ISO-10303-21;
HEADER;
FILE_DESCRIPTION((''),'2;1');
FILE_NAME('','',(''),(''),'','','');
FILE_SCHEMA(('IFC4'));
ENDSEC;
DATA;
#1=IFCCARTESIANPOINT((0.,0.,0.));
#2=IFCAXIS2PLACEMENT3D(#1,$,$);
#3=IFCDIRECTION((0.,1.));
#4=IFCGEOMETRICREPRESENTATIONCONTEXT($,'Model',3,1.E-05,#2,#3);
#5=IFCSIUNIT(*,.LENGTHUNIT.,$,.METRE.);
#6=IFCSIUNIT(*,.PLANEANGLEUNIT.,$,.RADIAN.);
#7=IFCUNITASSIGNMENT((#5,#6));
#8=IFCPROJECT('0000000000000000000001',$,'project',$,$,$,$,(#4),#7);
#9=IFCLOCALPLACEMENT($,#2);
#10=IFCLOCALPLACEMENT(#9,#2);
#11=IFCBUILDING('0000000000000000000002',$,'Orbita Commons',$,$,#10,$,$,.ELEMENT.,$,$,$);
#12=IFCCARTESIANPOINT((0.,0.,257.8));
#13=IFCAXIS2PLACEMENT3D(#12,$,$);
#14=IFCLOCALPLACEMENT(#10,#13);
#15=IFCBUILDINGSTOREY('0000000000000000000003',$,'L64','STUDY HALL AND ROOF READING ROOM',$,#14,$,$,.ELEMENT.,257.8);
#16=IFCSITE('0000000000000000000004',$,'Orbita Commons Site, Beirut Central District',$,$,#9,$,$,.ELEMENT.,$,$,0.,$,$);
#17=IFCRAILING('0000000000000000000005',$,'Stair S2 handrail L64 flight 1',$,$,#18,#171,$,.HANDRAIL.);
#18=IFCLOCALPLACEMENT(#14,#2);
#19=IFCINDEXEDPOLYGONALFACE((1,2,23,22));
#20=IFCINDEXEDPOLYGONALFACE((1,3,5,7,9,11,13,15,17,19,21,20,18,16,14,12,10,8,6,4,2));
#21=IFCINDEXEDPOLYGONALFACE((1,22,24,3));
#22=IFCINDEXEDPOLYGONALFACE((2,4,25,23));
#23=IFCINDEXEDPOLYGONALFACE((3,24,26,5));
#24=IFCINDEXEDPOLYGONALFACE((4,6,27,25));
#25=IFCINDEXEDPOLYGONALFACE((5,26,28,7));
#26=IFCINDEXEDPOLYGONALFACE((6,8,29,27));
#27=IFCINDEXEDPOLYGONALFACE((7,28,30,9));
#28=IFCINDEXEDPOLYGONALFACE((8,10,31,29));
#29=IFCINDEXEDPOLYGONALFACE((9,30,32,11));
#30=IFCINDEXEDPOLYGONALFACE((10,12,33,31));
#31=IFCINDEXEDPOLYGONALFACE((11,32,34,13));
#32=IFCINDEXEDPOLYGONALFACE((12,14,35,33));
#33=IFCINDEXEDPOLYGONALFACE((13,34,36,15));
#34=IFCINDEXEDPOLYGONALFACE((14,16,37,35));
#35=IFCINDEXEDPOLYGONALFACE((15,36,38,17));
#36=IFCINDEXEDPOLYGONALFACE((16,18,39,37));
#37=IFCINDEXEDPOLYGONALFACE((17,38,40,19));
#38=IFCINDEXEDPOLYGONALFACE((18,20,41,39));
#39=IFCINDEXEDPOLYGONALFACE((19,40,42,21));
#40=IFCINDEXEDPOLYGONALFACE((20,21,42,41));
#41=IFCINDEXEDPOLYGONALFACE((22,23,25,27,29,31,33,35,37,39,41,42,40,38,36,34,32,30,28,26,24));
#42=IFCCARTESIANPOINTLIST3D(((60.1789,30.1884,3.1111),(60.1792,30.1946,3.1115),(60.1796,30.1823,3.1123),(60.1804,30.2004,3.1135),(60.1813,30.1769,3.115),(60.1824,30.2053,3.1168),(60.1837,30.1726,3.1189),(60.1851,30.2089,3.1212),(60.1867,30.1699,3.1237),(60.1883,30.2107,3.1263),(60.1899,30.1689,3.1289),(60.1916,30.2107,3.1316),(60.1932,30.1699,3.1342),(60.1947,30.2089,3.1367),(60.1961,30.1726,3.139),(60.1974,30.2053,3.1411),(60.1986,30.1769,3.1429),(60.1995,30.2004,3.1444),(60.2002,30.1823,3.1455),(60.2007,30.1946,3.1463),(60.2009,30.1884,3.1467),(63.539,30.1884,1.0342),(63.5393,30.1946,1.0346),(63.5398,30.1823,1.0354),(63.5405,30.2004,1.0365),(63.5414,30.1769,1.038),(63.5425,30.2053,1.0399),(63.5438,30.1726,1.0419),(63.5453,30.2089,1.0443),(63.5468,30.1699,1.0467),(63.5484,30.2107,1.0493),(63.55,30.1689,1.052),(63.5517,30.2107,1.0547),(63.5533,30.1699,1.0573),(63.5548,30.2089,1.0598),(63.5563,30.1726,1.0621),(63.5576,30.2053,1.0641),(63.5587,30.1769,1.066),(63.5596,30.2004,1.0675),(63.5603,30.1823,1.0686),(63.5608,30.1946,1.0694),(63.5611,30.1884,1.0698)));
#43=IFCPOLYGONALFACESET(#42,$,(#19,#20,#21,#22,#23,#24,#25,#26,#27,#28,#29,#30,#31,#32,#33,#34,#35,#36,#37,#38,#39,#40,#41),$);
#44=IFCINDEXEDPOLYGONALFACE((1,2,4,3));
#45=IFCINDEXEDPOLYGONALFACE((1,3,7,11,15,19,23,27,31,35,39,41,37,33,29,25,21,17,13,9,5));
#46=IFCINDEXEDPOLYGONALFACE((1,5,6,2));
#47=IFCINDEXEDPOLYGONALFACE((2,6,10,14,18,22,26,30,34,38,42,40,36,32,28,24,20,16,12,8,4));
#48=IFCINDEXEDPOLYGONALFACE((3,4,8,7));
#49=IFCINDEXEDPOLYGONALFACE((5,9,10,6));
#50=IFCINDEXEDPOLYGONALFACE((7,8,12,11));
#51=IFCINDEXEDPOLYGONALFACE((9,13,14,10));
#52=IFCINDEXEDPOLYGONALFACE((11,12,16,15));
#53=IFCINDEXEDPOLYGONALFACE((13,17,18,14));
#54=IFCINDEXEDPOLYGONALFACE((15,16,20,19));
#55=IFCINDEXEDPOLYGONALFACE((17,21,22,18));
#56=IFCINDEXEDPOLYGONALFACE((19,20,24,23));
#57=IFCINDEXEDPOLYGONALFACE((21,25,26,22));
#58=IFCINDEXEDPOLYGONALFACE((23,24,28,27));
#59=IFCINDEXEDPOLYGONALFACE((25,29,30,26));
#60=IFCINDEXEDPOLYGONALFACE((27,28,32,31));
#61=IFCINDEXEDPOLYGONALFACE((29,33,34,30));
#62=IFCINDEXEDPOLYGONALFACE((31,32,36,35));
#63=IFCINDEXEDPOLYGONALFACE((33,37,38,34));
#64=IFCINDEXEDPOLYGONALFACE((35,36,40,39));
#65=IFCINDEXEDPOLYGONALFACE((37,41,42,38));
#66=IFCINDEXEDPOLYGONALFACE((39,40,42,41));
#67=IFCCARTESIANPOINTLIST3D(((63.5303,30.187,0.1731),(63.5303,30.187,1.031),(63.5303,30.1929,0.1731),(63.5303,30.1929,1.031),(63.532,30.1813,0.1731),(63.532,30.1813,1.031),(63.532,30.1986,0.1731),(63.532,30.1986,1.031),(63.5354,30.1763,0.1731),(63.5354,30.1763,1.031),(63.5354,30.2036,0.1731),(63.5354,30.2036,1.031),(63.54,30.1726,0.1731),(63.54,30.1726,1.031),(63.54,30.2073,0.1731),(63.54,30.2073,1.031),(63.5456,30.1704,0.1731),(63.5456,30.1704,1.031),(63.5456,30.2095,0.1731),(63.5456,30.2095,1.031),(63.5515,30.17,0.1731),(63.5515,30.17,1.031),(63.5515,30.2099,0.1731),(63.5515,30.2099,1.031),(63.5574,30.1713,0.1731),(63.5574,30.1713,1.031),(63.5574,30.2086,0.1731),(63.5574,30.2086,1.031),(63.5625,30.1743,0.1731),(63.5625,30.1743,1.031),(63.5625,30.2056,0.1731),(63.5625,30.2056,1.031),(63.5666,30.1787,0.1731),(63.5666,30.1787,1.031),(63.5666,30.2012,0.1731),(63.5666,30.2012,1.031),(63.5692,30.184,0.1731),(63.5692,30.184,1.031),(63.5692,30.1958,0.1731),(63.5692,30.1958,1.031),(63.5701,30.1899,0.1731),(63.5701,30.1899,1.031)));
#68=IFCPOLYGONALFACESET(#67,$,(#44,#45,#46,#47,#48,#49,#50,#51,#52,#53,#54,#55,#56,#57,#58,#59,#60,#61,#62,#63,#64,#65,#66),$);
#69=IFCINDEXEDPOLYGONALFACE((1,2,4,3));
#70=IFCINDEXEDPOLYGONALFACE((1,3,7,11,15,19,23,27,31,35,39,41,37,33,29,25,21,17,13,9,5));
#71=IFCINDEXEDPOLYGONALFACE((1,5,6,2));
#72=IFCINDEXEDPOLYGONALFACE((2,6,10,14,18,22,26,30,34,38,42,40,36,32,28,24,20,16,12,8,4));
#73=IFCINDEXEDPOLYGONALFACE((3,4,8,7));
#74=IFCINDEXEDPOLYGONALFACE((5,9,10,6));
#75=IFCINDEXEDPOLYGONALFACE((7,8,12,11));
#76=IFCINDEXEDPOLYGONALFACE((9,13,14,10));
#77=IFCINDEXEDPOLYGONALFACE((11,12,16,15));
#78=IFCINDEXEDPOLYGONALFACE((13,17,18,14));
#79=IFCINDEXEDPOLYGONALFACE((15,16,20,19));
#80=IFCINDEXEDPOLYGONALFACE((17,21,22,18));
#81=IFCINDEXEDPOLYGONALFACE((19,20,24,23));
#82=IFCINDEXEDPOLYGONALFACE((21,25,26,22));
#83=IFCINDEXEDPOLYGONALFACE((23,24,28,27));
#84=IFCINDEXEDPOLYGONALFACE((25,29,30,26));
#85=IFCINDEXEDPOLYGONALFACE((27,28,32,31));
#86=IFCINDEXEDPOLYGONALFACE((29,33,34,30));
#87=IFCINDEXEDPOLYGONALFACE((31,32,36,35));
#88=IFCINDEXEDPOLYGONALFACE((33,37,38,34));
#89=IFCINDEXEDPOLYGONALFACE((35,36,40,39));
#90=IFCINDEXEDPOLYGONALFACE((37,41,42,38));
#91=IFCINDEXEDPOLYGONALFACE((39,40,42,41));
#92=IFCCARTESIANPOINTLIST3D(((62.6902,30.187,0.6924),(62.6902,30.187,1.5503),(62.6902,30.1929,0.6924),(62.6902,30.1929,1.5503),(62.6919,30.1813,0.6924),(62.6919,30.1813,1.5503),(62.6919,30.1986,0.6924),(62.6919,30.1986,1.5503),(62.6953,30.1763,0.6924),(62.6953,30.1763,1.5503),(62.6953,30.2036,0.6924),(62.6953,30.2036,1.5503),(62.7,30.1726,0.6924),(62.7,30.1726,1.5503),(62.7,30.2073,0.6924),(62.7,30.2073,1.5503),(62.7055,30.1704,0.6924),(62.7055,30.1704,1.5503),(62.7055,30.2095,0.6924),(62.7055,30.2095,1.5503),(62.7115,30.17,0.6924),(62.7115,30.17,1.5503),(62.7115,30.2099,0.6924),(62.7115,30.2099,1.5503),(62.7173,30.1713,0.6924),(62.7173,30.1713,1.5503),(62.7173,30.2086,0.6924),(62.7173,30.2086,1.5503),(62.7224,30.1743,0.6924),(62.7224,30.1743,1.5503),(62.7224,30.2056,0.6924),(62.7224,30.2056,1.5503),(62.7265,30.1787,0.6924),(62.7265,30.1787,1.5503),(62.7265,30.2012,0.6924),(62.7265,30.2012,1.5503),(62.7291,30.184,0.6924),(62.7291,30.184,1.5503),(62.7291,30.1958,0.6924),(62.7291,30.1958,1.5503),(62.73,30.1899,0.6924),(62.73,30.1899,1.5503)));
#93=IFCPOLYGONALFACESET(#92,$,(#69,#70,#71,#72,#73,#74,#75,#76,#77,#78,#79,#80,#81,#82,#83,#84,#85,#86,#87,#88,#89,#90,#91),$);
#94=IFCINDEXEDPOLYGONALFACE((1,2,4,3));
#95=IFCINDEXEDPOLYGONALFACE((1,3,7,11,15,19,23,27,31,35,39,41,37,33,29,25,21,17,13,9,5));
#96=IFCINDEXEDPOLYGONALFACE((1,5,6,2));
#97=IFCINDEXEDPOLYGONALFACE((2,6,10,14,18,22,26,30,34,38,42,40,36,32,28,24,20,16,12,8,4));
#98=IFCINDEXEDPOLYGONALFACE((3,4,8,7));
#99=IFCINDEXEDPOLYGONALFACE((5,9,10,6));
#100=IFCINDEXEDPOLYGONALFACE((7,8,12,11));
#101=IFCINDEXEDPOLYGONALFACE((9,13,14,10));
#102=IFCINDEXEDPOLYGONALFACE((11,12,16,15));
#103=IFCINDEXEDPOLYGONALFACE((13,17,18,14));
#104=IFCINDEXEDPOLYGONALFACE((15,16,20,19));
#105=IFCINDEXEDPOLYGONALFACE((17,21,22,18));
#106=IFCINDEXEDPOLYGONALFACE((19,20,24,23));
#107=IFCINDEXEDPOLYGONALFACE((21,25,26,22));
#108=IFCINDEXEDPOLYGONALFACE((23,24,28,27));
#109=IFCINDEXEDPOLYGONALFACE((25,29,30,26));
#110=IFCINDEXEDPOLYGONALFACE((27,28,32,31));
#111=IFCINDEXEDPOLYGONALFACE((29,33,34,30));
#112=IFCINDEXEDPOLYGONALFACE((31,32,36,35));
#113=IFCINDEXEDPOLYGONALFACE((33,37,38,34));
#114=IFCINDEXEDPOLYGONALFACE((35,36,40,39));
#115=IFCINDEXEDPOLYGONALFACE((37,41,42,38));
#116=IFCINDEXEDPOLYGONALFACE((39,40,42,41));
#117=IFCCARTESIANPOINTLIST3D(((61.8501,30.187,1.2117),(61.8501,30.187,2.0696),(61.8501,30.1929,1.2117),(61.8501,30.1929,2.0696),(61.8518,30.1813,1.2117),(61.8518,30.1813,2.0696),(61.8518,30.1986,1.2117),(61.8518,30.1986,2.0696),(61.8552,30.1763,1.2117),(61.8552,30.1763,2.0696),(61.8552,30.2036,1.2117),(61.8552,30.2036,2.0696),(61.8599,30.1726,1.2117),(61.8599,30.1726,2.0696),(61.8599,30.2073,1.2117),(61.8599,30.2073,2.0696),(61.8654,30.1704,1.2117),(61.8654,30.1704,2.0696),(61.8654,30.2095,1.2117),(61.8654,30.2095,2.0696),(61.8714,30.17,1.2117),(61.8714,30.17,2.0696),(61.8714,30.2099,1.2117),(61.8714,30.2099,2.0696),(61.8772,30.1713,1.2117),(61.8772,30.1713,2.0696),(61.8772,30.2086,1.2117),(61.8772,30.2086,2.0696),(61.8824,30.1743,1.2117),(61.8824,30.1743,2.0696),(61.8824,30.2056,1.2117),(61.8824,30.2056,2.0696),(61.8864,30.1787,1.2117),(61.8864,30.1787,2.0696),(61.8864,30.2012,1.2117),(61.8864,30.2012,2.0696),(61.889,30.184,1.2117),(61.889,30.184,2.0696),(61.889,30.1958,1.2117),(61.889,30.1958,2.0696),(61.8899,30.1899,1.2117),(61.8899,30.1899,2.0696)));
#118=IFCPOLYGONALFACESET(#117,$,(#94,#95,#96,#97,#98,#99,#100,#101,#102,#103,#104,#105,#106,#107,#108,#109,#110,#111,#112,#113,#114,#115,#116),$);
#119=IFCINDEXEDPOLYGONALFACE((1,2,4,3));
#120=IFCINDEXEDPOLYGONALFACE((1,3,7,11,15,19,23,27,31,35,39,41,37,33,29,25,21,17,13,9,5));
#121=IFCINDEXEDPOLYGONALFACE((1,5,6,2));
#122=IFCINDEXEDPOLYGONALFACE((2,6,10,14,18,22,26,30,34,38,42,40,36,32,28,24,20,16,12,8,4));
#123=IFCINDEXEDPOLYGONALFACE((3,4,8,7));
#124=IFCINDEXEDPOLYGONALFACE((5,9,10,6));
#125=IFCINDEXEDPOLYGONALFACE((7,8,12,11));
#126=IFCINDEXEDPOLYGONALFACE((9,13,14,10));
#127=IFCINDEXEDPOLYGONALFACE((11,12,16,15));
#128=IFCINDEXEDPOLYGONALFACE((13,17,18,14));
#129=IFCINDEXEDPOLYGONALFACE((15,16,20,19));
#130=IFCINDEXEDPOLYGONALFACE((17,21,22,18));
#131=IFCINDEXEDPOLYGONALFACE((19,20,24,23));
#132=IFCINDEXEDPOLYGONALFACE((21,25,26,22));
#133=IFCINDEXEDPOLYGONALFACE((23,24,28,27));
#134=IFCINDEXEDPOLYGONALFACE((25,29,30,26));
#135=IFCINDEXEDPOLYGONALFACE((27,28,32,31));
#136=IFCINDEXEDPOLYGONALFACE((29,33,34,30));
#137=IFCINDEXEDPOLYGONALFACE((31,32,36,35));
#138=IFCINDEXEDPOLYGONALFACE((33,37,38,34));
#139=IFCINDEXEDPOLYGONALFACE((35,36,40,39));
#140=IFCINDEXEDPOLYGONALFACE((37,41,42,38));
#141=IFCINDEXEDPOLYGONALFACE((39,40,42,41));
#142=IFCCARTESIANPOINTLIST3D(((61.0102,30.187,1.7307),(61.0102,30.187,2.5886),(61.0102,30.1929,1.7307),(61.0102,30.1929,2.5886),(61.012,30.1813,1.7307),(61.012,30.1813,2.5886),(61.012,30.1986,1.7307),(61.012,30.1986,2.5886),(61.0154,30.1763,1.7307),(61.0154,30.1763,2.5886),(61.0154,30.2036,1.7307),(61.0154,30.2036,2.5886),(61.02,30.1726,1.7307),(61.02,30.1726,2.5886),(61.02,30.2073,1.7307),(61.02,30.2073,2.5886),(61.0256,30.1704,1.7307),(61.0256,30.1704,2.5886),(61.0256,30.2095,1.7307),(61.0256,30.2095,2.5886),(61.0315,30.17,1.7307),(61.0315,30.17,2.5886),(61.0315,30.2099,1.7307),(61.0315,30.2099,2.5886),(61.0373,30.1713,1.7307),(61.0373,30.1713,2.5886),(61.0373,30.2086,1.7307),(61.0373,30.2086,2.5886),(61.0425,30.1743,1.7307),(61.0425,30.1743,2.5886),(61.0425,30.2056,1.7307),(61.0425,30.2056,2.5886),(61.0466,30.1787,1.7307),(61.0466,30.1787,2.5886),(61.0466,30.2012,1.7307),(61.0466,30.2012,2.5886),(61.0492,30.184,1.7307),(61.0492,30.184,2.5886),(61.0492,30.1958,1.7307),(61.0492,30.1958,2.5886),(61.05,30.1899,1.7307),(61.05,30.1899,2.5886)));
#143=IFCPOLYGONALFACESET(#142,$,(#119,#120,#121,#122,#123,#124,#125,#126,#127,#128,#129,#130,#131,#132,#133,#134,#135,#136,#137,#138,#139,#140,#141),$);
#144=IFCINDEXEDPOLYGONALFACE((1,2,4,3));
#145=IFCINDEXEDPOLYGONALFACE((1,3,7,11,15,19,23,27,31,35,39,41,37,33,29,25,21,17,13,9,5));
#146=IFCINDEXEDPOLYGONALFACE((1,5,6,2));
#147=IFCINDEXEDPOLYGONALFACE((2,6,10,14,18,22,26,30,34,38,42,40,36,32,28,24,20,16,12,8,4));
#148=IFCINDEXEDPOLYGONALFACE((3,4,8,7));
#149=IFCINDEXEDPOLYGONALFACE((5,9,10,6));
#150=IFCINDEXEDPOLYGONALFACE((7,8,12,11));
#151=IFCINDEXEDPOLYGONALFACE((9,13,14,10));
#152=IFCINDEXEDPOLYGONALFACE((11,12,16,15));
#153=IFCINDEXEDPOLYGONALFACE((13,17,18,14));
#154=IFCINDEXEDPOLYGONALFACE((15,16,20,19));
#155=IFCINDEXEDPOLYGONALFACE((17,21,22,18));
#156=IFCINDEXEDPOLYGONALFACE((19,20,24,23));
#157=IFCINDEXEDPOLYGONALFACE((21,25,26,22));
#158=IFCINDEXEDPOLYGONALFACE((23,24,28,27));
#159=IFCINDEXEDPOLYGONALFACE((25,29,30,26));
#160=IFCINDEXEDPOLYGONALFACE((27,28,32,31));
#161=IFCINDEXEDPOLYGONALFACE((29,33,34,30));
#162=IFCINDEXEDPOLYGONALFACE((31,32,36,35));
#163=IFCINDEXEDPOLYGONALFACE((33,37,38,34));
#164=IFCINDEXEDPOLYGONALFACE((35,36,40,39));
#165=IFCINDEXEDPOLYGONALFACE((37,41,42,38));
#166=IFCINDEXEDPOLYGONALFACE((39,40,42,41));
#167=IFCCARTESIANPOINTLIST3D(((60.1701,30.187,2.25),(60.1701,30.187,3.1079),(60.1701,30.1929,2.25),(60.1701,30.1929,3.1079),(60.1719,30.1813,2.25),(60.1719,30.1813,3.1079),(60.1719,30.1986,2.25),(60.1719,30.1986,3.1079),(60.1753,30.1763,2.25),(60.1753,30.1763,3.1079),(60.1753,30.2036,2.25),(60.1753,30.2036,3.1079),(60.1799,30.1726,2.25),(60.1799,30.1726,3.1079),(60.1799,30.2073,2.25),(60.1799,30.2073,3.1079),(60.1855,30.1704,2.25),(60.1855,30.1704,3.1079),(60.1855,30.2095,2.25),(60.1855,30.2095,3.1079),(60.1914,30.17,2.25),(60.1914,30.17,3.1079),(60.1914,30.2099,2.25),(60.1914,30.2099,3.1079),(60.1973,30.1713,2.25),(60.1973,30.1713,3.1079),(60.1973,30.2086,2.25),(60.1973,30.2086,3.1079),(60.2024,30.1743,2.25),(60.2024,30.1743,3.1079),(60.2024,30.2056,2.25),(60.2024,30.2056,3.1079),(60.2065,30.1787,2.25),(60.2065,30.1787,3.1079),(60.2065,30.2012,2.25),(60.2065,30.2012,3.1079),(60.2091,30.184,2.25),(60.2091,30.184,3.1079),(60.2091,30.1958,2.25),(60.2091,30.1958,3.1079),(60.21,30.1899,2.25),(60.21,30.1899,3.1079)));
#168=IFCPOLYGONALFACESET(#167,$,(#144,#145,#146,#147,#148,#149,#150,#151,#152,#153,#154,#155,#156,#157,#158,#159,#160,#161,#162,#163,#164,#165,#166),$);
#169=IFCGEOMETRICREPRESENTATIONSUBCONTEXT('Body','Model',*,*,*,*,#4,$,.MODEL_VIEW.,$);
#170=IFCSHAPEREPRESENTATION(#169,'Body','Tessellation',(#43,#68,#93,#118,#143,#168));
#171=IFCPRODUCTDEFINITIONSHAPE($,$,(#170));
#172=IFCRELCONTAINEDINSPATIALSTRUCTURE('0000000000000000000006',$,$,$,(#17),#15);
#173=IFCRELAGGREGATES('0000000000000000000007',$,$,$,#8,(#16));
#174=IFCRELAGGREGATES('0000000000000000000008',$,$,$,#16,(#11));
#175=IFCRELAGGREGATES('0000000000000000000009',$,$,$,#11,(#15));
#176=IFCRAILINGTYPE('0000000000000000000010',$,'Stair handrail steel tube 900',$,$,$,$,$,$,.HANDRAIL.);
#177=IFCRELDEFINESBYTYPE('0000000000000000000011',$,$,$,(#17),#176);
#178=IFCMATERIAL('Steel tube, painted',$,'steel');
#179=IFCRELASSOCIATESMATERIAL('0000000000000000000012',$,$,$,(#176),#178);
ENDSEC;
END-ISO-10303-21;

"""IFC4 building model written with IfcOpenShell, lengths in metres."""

from ifc_helpers import new_model, si_unit, direction, frame, origin, origin_2d, place, context, subcontext, project, spatial, circle, extrude, material, type_object, element, save


model = new_model("IFC4")

# Units and contexts
model_context = context("Model", 3, precision=1e-05, world=origin(), true_north=direction((0.0, 1.0)))
body_context = subcontext(model_context, "Body", "Model", "MODEL_VIEW")
ifc_project = project(units=[si_unit("LENGTHUNIT", "METRE"), si_unit("PLANEANGLEUNIT", "RADIAN")], contexts=[model_context])

# Site, building, storey
site_placement = place(None, origin())
site = spatial("IfcSite", under=ifc_project, at=site_placement, Name="Orbita Commons Site, Beirut Central District", CompositionType="ELEMENT", RefElevation=0.0)
building_placement = place(site_placement, origin())
building = spatial("IfcBuilding", under=site, at=building_placement, Name="Orbita Commons", CompositionType="ELEMENT")
storey_placement = place(building_placement, frame((0.0, 0.0, 257.8)))
storey = spatial("IfcBuildingStorey", under=building, at=storey_placement, Name="L64", Description="STUDY HALL AND ROOF READING ROOM", CompositionType="ELEMENT", Elevation=257.8)

# Railing
ifc_material_1 = material(Name="Steel tube, painted", Category="steel")
railing_type = type_object("IfcRailingType", Name="Stair handrail steel tube 900", PredefinedType="HANDRAIL", material=ifc_material_1)
for number, where, name in (
    (1, (63.55, 30.1899, 0.1731), "Stair S2 handrail L64 flight 1"),
):
    element("IfcRailing", number, at=place(storey_placement, frame(where)), inside=storey, type_object=railing_type, Name=name, PredefinedType="HANDRAIL", context=body_context, shape_type="SweptSolid", body=[
        extrude(circle(Radius=0.021, at=origin_2d()), frame((0.0, 0.0, 0.8789), z_axis=(-0.850623, 0.0, 0.525776), x_axis=(0.0, -1.0, 0.0)), (0.0, 0.0, 1.0), 3.9502),
        extrude(circle(Radius=0.02, at=origin_2d()), origin(), (0.0, 0.0, 1.0), 0.8579),
        extrude(circle(Radius=0.02, at=origin_2d()), frame((-0.8401, 0.0, 0.5193)), (0.0, 0.0, 1.0), 0.8579),
        extrude(circle(Radius=0.02, at=origin_2d()), frame((-1.6802, 0.0, 1.0386)), (0.0, 0.0, 1.0), 0.8579),
        extrude(circle(Radius=0.02, at=origin_2d()), frame((-2.52, 0.0, 1.5576)), (0.0, 0.0, 1.0), 0.8579),
        extrude(circle(Radius=0.02, at=origin_2d()), frame((-3.3601, 0.0, 2.0769)), (0.0, 0.0, 1.0), 0.8579),
    ])

save(model, "model.ifc")
